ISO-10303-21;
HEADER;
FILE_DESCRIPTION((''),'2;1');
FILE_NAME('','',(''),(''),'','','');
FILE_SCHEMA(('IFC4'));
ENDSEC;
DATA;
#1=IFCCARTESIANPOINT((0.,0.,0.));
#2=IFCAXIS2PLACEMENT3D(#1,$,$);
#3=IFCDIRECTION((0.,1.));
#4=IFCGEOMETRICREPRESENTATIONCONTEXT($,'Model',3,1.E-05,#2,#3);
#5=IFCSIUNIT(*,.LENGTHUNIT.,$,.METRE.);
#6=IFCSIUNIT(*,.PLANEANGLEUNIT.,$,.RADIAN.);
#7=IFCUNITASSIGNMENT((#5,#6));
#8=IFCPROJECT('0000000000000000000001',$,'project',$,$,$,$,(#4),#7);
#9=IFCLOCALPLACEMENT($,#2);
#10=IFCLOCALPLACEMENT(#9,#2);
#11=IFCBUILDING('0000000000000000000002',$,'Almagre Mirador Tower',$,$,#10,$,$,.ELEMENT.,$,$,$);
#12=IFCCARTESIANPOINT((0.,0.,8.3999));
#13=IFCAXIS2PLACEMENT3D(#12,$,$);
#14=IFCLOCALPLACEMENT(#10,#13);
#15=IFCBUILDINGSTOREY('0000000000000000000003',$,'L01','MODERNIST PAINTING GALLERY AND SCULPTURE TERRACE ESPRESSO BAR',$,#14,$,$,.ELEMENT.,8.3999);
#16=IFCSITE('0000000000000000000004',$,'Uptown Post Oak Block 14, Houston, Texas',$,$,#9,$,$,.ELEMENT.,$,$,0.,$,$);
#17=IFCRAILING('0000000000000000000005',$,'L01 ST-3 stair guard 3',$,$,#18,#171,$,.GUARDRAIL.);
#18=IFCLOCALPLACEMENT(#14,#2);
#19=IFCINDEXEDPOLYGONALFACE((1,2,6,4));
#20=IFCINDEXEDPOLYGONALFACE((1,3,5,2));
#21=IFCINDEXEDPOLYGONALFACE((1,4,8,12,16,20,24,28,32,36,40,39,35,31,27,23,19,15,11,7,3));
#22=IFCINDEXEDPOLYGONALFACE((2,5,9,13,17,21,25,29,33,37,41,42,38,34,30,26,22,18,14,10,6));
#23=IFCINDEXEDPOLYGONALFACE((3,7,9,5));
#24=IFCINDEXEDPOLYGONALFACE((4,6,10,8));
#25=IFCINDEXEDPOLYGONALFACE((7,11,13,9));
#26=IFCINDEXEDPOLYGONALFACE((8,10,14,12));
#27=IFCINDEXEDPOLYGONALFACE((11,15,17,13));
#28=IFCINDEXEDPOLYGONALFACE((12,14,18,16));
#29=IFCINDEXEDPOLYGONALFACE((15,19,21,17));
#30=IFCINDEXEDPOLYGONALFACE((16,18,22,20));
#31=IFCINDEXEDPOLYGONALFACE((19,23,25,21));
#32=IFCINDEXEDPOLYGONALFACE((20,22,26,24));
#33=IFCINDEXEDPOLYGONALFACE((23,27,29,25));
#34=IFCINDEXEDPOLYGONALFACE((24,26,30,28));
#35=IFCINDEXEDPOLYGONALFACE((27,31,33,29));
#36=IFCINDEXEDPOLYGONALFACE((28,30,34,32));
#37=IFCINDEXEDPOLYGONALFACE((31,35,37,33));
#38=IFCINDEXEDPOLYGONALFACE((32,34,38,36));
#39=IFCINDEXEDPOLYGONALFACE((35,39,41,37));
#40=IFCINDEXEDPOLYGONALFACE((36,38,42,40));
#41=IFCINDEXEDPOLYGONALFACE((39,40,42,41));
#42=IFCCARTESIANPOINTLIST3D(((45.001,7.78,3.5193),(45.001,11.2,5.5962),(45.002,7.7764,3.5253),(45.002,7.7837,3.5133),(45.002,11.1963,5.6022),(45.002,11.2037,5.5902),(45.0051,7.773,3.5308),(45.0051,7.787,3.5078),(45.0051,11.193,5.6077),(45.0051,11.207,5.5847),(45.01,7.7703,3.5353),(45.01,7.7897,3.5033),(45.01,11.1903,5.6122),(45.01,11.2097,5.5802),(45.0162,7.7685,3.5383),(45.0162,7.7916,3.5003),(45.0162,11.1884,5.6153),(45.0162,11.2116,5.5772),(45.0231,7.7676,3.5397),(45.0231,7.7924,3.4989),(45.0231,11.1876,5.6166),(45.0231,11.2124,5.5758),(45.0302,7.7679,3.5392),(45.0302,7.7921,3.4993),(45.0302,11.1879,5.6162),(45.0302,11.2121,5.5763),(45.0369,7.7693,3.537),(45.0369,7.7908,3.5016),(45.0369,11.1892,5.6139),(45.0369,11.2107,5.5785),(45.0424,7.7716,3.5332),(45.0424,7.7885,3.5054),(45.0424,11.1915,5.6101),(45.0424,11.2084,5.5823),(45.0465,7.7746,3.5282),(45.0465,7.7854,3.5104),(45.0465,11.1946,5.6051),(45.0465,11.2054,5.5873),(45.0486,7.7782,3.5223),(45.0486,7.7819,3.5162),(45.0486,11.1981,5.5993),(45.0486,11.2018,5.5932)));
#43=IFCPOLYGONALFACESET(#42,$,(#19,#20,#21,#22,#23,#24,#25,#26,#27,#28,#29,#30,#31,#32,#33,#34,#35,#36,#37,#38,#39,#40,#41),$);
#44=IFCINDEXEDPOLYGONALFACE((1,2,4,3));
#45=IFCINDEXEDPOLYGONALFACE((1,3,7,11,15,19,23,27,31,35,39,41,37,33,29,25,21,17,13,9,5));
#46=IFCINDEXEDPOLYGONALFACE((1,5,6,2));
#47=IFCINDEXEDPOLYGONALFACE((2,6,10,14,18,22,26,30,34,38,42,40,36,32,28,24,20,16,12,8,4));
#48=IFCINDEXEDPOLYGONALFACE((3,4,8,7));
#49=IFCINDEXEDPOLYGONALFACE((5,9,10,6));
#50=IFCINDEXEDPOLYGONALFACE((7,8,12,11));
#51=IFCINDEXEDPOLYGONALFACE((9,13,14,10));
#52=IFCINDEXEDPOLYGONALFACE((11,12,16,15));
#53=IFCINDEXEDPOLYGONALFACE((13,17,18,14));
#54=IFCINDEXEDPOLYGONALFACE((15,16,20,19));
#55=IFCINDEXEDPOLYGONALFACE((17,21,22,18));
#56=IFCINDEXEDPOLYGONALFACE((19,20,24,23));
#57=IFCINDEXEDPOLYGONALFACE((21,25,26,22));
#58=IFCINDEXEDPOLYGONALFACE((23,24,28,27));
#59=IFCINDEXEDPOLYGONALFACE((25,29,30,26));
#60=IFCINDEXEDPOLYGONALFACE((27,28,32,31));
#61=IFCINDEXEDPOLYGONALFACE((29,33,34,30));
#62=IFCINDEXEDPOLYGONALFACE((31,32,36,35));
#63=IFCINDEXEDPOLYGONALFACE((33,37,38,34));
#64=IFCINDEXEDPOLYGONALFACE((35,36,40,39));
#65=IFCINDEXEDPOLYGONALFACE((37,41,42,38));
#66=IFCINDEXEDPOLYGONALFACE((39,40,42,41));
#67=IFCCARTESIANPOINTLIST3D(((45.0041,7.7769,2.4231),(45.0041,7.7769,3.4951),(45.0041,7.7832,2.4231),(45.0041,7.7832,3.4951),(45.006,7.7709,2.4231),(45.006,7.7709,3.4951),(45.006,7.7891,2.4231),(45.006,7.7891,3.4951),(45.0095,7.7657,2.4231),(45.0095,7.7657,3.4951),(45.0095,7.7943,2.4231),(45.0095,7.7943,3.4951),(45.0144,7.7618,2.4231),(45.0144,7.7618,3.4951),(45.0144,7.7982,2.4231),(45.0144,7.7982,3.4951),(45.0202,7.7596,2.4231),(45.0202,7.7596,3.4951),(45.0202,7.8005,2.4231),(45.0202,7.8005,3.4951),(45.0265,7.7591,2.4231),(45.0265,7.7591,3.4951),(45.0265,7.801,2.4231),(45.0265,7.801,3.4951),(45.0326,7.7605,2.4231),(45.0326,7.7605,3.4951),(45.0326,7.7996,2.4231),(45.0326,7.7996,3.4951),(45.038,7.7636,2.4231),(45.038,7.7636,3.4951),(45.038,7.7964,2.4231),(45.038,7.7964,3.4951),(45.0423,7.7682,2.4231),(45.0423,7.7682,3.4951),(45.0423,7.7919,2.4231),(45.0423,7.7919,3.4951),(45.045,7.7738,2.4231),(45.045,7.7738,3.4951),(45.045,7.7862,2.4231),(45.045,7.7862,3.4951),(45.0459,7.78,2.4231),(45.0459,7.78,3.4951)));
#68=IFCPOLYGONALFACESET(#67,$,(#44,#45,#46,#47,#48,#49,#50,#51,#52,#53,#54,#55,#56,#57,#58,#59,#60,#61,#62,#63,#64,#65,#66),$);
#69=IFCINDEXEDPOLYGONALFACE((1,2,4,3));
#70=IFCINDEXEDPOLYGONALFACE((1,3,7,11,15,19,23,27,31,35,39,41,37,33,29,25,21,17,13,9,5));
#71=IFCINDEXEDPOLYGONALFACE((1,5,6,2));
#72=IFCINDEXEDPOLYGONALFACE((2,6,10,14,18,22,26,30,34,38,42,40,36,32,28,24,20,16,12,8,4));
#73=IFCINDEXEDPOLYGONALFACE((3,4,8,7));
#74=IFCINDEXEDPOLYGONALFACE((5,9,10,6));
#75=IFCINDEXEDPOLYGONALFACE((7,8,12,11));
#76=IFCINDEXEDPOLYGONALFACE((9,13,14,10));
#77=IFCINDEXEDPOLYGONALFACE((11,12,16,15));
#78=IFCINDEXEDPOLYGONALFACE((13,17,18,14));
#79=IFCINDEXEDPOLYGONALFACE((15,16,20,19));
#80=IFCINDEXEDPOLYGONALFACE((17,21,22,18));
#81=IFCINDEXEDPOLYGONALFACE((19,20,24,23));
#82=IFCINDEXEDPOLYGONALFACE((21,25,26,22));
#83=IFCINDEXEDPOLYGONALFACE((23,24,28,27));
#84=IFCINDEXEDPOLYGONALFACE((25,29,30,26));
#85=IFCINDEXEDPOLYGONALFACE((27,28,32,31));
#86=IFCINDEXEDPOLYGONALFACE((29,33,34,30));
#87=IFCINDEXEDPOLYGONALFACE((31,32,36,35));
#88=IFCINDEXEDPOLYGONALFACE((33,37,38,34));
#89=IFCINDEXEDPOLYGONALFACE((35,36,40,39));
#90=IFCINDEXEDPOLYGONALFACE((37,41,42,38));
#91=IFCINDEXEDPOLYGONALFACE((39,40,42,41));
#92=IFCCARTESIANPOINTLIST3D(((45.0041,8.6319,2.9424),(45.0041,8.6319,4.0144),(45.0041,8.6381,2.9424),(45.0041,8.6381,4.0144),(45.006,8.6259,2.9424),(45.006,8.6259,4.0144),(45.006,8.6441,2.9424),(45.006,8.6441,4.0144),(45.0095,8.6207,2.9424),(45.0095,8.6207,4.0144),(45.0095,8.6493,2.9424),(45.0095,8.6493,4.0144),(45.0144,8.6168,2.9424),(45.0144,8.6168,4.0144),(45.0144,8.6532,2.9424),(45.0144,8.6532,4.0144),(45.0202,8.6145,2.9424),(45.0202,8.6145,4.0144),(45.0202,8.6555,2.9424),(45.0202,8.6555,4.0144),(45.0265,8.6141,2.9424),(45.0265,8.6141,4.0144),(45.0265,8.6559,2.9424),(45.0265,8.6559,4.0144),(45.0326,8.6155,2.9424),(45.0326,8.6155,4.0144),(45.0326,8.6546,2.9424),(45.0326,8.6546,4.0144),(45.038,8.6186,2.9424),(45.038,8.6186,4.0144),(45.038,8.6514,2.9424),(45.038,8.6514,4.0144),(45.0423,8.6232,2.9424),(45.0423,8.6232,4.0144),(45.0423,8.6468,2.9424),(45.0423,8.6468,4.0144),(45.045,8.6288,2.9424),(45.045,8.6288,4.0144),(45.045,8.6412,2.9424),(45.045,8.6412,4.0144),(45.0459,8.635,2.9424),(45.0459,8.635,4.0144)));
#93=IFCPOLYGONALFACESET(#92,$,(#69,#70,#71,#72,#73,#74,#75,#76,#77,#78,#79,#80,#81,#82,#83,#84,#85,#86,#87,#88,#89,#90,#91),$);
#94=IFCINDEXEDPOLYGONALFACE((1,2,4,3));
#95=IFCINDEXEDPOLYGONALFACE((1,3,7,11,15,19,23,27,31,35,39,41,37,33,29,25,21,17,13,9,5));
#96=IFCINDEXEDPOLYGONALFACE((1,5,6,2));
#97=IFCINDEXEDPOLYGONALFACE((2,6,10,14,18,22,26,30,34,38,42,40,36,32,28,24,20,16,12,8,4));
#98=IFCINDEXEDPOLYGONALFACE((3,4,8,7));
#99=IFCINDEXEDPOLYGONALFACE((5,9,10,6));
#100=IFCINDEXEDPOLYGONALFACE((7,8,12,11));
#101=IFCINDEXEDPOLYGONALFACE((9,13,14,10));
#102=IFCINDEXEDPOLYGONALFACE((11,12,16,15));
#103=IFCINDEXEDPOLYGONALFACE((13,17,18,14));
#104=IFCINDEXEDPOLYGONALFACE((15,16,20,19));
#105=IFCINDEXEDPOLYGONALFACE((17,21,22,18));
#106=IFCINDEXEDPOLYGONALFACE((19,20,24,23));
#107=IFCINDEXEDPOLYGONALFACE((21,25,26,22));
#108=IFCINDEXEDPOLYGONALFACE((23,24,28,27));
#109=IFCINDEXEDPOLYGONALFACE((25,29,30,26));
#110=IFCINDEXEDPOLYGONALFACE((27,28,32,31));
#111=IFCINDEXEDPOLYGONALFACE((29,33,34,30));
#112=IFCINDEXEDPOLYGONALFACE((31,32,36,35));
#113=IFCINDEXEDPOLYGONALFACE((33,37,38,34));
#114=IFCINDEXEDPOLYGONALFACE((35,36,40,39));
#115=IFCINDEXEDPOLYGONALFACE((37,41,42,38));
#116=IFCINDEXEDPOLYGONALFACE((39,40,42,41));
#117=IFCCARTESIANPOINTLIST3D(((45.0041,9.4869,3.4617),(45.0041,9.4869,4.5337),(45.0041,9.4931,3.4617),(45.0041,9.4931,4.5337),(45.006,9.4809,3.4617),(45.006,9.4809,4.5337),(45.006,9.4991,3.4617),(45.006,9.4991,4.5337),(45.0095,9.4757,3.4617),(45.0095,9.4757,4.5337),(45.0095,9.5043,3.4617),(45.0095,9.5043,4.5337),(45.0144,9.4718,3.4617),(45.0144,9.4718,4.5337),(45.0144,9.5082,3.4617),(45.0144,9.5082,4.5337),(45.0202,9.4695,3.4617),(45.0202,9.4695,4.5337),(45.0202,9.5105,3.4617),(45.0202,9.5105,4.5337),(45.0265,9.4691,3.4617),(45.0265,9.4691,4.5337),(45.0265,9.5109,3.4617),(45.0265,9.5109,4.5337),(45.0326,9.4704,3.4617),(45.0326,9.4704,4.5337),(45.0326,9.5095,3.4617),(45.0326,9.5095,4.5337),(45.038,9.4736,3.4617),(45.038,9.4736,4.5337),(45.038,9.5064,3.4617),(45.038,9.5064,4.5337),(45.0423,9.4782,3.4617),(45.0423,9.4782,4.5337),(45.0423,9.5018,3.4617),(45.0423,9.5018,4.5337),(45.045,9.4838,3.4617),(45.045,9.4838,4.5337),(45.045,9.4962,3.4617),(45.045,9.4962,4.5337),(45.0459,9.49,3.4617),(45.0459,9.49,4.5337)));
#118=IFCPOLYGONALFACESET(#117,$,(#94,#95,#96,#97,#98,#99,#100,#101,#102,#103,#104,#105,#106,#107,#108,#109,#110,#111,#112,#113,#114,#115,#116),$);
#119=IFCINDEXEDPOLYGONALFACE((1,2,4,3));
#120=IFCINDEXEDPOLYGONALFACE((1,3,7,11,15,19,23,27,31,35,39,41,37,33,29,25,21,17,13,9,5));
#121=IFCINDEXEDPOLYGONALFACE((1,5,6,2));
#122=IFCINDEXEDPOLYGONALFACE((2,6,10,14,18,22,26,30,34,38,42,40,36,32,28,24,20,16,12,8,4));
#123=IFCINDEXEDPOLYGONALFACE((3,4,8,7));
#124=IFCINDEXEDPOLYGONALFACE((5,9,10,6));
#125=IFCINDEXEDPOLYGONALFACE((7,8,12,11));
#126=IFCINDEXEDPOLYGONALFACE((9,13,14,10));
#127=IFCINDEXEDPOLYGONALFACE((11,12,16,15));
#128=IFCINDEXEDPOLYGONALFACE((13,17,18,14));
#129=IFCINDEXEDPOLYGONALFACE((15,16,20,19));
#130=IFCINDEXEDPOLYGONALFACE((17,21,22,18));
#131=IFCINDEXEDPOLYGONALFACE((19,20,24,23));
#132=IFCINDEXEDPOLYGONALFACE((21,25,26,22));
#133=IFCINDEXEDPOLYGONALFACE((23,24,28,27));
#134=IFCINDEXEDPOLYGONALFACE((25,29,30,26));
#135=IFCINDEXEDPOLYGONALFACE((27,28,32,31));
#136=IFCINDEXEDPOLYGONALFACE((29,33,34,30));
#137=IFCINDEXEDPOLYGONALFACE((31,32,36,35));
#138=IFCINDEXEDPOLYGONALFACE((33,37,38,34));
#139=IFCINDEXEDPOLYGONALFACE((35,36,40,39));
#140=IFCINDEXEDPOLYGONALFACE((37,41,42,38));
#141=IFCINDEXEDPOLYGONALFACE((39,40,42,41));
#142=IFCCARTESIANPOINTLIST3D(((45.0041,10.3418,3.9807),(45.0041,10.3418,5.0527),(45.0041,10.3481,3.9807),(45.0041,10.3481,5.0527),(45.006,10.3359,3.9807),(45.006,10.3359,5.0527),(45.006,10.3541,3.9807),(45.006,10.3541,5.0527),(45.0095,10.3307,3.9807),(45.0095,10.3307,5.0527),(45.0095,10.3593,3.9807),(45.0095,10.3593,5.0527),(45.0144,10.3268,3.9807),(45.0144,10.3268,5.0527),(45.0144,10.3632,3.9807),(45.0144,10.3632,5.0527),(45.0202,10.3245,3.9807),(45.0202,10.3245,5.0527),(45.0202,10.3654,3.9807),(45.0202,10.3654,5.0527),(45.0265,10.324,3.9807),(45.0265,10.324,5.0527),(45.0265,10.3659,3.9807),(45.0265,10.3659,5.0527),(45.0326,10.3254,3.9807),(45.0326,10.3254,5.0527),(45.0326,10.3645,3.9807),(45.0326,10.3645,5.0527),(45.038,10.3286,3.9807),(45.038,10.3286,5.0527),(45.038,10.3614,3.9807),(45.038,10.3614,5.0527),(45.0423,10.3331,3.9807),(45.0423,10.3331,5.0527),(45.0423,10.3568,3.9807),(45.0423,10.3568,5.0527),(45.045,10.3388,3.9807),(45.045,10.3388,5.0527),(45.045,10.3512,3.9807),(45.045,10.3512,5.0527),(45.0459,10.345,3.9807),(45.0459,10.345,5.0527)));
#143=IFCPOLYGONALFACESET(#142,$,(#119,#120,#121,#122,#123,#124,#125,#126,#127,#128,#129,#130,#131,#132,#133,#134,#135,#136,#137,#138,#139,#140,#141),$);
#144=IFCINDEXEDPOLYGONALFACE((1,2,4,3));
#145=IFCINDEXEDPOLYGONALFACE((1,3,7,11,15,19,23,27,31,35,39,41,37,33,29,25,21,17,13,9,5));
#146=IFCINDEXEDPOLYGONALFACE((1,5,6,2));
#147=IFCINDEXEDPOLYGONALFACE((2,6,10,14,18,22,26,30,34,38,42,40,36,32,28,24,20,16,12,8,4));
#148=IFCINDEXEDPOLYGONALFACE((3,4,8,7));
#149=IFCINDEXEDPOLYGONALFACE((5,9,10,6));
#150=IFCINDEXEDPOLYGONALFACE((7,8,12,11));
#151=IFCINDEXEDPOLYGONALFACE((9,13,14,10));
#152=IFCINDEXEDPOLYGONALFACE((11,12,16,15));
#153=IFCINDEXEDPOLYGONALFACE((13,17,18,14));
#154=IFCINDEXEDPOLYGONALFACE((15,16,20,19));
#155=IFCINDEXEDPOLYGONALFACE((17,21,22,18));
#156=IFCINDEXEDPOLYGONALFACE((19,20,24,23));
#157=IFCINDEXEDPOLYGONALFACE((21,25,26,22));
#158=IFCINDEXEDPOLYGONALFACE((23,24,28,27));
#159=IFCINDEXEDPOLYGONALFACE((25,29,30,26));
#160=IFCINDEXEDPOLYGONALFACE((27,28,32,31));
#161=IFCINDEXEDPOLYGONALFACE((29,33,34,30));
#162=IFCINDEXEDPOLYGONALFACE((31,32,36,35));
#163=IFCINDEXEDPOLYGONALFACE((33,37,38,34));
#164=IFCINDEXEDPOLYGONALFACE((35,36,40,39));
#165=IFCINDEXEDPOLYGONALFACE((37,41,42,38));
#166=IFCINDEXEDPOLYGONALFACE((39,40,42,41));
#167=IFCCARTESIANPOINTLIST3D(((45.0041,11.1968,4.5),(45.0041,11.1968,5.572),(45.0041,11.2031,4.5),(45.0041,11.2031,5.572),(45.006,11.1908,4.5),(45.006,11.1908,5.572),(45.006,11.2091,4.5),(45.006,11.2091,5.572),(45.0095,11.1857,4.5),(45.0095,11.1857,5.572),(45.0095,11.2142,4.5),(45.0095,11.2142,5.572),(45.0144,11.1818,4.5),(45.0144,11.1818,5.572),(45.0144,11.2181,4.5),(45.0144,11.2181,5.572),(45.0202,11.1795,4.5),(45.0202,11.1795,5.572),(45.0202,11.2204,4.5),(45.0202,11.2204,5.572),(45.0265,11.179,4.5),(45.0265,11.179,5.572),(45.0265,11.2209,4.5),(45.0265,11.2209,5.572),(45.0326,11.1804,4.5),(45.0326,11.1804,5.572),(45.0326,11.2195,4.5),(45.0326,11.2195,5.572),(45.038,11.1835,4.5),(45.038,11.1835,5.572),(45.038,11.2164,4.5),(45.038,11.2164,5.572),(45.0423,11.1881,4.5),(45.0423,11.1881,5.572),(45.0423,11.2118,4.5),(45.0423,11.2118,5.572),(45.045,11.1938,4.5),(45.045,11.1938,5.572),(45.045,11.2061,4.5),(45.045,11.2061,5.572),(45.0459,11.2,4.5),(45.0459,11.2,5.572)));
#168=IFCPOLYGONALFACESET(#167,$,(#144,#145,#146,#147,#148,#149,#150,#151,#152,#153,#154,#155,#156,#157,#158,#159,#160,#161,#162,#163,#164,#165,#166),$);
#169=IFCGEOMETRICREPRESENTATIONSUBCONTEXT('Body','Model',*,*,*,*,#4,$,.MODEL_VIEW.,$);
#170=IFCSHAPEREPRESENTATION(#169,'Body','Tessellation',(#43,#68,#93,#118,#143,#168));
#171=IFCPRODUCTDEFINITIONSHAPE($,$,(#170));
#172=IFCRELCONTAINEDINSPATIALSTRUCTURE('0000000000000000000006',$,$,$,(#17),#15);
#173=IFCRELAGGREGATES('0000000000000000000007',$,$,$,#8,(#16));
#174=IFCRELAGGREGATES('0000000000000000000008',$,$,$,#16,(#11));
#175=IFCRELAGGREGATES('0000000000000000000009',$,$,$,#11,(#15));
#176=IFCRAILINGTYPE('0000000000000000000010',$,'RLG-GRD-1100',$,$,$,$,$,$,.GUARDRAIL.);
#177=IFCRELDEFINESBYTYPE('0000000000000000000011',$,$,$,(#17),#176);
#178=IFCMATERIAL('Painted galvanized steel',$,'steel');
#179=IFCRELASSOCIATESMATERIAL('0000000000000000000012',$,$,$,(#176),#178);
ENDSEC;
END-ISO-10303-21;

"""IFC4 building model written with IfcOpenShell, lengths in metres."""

from ifc_helpers import new_model, si_unit, direction, frame, origin, origin_2d, place, context, subcontext, project, spatial, circle, extrude, material, type_object, element, save


model = new_model("IFC4")

# Units and contexts
model_context = context("Model", 3, precision=1e-05, world=origin(), true_north=direction((0.0, 1.0)))
body_context = subcontext(model_context, "Body", "Model", "MODEL_VIEW")
ifc_project = project(units=[si_unit("LENGTHUNIT", "METRE"), si_unit("PLANEANGLEUNIT", "RADIAN")], contexts=[model_context])

# Site, building, storey
site_placement = place(None, origin())
site = spatial("IfcSite", under=ifc_project, at=site_placement, Name="Uptown Post Oak Block 14, Houston, Texas", CompositionType="ELEMENT", RefElevation=0.0)
building_placement = place(site_placement, origin())
building = spatial("IfcBuilding", under=site, at=building_placement, Name="Almagre Mirador Tower", CompositionType="ELEMENT")
storey_placement = place(building_placement, frame((0.0, 0.0, 8.3999)))
storey = spatial("IfcBuildingStorey", under=building, at=storey_placement, Name="L01", Description="MODERNIST PAINTING GALLERY AND SCULPTURE TERRACE ESPRESSO BAR", CompositionType="ELEMENT", Elevation=8.3999)

# Railing
ifc_material_1 = material(Name="Painted galvanized steel", Category="steel")
railing_type_1 = type_object("IfcRailingType", Name="RLG-GRD-1100", PredefinedType="GUARDRAIL", material=ifc_material_1)
railing_1_placement = place(storey_placement, frame((45.0249, 7.78, 2.4231)))
element("IfcRailing", 1, at=railing_1_placement, inside=storey, type_object=railing_type_1, Name="L01 ST-3 stair guard 3", PredefinedType="GUARDRAIL", context=body_context, shape_type="SweptSolid", body=[
    extrude(circle(Radius=0.0239, at=origin_2d()), frame((0.0, 0.0, 1.0962), z_axis=(0.0, 0.85473, 0.519074), x_axis=(-1.0, 0.0, 0.0)), (0.0, 0.0, 1.0), 4.0012),
    extrude(circle(Radius=0.021, at=origin_2d()), origin(), (0.0, 0.0, 1.0), 1.072),
    extrude(circle(Radius=0.021, at=origin_2d()), frame((0.0, 0.855, 0.5193)), (0.0, 0.0, 1.0), 1.072),
    extrude(circle(Radius=0.021, at=origin_2d()), frame((0.0, 1.71, 1.0386)), (0.0, 0.0, 1.0), 1.072),
    extrude(circle(Radius=0.021, at=origin_2d()), frame((0.0, 2.5649, 1.5576)), (0.0, 0.0, 1.0), 1.072),
    extrude(circle(Radius=0.021, at=origin_2d()), frame((0.0, 3.4199, 2.0769)), (0.0, 0.0, 1.0), 1.072),
])

save(model, "model.ifc")
